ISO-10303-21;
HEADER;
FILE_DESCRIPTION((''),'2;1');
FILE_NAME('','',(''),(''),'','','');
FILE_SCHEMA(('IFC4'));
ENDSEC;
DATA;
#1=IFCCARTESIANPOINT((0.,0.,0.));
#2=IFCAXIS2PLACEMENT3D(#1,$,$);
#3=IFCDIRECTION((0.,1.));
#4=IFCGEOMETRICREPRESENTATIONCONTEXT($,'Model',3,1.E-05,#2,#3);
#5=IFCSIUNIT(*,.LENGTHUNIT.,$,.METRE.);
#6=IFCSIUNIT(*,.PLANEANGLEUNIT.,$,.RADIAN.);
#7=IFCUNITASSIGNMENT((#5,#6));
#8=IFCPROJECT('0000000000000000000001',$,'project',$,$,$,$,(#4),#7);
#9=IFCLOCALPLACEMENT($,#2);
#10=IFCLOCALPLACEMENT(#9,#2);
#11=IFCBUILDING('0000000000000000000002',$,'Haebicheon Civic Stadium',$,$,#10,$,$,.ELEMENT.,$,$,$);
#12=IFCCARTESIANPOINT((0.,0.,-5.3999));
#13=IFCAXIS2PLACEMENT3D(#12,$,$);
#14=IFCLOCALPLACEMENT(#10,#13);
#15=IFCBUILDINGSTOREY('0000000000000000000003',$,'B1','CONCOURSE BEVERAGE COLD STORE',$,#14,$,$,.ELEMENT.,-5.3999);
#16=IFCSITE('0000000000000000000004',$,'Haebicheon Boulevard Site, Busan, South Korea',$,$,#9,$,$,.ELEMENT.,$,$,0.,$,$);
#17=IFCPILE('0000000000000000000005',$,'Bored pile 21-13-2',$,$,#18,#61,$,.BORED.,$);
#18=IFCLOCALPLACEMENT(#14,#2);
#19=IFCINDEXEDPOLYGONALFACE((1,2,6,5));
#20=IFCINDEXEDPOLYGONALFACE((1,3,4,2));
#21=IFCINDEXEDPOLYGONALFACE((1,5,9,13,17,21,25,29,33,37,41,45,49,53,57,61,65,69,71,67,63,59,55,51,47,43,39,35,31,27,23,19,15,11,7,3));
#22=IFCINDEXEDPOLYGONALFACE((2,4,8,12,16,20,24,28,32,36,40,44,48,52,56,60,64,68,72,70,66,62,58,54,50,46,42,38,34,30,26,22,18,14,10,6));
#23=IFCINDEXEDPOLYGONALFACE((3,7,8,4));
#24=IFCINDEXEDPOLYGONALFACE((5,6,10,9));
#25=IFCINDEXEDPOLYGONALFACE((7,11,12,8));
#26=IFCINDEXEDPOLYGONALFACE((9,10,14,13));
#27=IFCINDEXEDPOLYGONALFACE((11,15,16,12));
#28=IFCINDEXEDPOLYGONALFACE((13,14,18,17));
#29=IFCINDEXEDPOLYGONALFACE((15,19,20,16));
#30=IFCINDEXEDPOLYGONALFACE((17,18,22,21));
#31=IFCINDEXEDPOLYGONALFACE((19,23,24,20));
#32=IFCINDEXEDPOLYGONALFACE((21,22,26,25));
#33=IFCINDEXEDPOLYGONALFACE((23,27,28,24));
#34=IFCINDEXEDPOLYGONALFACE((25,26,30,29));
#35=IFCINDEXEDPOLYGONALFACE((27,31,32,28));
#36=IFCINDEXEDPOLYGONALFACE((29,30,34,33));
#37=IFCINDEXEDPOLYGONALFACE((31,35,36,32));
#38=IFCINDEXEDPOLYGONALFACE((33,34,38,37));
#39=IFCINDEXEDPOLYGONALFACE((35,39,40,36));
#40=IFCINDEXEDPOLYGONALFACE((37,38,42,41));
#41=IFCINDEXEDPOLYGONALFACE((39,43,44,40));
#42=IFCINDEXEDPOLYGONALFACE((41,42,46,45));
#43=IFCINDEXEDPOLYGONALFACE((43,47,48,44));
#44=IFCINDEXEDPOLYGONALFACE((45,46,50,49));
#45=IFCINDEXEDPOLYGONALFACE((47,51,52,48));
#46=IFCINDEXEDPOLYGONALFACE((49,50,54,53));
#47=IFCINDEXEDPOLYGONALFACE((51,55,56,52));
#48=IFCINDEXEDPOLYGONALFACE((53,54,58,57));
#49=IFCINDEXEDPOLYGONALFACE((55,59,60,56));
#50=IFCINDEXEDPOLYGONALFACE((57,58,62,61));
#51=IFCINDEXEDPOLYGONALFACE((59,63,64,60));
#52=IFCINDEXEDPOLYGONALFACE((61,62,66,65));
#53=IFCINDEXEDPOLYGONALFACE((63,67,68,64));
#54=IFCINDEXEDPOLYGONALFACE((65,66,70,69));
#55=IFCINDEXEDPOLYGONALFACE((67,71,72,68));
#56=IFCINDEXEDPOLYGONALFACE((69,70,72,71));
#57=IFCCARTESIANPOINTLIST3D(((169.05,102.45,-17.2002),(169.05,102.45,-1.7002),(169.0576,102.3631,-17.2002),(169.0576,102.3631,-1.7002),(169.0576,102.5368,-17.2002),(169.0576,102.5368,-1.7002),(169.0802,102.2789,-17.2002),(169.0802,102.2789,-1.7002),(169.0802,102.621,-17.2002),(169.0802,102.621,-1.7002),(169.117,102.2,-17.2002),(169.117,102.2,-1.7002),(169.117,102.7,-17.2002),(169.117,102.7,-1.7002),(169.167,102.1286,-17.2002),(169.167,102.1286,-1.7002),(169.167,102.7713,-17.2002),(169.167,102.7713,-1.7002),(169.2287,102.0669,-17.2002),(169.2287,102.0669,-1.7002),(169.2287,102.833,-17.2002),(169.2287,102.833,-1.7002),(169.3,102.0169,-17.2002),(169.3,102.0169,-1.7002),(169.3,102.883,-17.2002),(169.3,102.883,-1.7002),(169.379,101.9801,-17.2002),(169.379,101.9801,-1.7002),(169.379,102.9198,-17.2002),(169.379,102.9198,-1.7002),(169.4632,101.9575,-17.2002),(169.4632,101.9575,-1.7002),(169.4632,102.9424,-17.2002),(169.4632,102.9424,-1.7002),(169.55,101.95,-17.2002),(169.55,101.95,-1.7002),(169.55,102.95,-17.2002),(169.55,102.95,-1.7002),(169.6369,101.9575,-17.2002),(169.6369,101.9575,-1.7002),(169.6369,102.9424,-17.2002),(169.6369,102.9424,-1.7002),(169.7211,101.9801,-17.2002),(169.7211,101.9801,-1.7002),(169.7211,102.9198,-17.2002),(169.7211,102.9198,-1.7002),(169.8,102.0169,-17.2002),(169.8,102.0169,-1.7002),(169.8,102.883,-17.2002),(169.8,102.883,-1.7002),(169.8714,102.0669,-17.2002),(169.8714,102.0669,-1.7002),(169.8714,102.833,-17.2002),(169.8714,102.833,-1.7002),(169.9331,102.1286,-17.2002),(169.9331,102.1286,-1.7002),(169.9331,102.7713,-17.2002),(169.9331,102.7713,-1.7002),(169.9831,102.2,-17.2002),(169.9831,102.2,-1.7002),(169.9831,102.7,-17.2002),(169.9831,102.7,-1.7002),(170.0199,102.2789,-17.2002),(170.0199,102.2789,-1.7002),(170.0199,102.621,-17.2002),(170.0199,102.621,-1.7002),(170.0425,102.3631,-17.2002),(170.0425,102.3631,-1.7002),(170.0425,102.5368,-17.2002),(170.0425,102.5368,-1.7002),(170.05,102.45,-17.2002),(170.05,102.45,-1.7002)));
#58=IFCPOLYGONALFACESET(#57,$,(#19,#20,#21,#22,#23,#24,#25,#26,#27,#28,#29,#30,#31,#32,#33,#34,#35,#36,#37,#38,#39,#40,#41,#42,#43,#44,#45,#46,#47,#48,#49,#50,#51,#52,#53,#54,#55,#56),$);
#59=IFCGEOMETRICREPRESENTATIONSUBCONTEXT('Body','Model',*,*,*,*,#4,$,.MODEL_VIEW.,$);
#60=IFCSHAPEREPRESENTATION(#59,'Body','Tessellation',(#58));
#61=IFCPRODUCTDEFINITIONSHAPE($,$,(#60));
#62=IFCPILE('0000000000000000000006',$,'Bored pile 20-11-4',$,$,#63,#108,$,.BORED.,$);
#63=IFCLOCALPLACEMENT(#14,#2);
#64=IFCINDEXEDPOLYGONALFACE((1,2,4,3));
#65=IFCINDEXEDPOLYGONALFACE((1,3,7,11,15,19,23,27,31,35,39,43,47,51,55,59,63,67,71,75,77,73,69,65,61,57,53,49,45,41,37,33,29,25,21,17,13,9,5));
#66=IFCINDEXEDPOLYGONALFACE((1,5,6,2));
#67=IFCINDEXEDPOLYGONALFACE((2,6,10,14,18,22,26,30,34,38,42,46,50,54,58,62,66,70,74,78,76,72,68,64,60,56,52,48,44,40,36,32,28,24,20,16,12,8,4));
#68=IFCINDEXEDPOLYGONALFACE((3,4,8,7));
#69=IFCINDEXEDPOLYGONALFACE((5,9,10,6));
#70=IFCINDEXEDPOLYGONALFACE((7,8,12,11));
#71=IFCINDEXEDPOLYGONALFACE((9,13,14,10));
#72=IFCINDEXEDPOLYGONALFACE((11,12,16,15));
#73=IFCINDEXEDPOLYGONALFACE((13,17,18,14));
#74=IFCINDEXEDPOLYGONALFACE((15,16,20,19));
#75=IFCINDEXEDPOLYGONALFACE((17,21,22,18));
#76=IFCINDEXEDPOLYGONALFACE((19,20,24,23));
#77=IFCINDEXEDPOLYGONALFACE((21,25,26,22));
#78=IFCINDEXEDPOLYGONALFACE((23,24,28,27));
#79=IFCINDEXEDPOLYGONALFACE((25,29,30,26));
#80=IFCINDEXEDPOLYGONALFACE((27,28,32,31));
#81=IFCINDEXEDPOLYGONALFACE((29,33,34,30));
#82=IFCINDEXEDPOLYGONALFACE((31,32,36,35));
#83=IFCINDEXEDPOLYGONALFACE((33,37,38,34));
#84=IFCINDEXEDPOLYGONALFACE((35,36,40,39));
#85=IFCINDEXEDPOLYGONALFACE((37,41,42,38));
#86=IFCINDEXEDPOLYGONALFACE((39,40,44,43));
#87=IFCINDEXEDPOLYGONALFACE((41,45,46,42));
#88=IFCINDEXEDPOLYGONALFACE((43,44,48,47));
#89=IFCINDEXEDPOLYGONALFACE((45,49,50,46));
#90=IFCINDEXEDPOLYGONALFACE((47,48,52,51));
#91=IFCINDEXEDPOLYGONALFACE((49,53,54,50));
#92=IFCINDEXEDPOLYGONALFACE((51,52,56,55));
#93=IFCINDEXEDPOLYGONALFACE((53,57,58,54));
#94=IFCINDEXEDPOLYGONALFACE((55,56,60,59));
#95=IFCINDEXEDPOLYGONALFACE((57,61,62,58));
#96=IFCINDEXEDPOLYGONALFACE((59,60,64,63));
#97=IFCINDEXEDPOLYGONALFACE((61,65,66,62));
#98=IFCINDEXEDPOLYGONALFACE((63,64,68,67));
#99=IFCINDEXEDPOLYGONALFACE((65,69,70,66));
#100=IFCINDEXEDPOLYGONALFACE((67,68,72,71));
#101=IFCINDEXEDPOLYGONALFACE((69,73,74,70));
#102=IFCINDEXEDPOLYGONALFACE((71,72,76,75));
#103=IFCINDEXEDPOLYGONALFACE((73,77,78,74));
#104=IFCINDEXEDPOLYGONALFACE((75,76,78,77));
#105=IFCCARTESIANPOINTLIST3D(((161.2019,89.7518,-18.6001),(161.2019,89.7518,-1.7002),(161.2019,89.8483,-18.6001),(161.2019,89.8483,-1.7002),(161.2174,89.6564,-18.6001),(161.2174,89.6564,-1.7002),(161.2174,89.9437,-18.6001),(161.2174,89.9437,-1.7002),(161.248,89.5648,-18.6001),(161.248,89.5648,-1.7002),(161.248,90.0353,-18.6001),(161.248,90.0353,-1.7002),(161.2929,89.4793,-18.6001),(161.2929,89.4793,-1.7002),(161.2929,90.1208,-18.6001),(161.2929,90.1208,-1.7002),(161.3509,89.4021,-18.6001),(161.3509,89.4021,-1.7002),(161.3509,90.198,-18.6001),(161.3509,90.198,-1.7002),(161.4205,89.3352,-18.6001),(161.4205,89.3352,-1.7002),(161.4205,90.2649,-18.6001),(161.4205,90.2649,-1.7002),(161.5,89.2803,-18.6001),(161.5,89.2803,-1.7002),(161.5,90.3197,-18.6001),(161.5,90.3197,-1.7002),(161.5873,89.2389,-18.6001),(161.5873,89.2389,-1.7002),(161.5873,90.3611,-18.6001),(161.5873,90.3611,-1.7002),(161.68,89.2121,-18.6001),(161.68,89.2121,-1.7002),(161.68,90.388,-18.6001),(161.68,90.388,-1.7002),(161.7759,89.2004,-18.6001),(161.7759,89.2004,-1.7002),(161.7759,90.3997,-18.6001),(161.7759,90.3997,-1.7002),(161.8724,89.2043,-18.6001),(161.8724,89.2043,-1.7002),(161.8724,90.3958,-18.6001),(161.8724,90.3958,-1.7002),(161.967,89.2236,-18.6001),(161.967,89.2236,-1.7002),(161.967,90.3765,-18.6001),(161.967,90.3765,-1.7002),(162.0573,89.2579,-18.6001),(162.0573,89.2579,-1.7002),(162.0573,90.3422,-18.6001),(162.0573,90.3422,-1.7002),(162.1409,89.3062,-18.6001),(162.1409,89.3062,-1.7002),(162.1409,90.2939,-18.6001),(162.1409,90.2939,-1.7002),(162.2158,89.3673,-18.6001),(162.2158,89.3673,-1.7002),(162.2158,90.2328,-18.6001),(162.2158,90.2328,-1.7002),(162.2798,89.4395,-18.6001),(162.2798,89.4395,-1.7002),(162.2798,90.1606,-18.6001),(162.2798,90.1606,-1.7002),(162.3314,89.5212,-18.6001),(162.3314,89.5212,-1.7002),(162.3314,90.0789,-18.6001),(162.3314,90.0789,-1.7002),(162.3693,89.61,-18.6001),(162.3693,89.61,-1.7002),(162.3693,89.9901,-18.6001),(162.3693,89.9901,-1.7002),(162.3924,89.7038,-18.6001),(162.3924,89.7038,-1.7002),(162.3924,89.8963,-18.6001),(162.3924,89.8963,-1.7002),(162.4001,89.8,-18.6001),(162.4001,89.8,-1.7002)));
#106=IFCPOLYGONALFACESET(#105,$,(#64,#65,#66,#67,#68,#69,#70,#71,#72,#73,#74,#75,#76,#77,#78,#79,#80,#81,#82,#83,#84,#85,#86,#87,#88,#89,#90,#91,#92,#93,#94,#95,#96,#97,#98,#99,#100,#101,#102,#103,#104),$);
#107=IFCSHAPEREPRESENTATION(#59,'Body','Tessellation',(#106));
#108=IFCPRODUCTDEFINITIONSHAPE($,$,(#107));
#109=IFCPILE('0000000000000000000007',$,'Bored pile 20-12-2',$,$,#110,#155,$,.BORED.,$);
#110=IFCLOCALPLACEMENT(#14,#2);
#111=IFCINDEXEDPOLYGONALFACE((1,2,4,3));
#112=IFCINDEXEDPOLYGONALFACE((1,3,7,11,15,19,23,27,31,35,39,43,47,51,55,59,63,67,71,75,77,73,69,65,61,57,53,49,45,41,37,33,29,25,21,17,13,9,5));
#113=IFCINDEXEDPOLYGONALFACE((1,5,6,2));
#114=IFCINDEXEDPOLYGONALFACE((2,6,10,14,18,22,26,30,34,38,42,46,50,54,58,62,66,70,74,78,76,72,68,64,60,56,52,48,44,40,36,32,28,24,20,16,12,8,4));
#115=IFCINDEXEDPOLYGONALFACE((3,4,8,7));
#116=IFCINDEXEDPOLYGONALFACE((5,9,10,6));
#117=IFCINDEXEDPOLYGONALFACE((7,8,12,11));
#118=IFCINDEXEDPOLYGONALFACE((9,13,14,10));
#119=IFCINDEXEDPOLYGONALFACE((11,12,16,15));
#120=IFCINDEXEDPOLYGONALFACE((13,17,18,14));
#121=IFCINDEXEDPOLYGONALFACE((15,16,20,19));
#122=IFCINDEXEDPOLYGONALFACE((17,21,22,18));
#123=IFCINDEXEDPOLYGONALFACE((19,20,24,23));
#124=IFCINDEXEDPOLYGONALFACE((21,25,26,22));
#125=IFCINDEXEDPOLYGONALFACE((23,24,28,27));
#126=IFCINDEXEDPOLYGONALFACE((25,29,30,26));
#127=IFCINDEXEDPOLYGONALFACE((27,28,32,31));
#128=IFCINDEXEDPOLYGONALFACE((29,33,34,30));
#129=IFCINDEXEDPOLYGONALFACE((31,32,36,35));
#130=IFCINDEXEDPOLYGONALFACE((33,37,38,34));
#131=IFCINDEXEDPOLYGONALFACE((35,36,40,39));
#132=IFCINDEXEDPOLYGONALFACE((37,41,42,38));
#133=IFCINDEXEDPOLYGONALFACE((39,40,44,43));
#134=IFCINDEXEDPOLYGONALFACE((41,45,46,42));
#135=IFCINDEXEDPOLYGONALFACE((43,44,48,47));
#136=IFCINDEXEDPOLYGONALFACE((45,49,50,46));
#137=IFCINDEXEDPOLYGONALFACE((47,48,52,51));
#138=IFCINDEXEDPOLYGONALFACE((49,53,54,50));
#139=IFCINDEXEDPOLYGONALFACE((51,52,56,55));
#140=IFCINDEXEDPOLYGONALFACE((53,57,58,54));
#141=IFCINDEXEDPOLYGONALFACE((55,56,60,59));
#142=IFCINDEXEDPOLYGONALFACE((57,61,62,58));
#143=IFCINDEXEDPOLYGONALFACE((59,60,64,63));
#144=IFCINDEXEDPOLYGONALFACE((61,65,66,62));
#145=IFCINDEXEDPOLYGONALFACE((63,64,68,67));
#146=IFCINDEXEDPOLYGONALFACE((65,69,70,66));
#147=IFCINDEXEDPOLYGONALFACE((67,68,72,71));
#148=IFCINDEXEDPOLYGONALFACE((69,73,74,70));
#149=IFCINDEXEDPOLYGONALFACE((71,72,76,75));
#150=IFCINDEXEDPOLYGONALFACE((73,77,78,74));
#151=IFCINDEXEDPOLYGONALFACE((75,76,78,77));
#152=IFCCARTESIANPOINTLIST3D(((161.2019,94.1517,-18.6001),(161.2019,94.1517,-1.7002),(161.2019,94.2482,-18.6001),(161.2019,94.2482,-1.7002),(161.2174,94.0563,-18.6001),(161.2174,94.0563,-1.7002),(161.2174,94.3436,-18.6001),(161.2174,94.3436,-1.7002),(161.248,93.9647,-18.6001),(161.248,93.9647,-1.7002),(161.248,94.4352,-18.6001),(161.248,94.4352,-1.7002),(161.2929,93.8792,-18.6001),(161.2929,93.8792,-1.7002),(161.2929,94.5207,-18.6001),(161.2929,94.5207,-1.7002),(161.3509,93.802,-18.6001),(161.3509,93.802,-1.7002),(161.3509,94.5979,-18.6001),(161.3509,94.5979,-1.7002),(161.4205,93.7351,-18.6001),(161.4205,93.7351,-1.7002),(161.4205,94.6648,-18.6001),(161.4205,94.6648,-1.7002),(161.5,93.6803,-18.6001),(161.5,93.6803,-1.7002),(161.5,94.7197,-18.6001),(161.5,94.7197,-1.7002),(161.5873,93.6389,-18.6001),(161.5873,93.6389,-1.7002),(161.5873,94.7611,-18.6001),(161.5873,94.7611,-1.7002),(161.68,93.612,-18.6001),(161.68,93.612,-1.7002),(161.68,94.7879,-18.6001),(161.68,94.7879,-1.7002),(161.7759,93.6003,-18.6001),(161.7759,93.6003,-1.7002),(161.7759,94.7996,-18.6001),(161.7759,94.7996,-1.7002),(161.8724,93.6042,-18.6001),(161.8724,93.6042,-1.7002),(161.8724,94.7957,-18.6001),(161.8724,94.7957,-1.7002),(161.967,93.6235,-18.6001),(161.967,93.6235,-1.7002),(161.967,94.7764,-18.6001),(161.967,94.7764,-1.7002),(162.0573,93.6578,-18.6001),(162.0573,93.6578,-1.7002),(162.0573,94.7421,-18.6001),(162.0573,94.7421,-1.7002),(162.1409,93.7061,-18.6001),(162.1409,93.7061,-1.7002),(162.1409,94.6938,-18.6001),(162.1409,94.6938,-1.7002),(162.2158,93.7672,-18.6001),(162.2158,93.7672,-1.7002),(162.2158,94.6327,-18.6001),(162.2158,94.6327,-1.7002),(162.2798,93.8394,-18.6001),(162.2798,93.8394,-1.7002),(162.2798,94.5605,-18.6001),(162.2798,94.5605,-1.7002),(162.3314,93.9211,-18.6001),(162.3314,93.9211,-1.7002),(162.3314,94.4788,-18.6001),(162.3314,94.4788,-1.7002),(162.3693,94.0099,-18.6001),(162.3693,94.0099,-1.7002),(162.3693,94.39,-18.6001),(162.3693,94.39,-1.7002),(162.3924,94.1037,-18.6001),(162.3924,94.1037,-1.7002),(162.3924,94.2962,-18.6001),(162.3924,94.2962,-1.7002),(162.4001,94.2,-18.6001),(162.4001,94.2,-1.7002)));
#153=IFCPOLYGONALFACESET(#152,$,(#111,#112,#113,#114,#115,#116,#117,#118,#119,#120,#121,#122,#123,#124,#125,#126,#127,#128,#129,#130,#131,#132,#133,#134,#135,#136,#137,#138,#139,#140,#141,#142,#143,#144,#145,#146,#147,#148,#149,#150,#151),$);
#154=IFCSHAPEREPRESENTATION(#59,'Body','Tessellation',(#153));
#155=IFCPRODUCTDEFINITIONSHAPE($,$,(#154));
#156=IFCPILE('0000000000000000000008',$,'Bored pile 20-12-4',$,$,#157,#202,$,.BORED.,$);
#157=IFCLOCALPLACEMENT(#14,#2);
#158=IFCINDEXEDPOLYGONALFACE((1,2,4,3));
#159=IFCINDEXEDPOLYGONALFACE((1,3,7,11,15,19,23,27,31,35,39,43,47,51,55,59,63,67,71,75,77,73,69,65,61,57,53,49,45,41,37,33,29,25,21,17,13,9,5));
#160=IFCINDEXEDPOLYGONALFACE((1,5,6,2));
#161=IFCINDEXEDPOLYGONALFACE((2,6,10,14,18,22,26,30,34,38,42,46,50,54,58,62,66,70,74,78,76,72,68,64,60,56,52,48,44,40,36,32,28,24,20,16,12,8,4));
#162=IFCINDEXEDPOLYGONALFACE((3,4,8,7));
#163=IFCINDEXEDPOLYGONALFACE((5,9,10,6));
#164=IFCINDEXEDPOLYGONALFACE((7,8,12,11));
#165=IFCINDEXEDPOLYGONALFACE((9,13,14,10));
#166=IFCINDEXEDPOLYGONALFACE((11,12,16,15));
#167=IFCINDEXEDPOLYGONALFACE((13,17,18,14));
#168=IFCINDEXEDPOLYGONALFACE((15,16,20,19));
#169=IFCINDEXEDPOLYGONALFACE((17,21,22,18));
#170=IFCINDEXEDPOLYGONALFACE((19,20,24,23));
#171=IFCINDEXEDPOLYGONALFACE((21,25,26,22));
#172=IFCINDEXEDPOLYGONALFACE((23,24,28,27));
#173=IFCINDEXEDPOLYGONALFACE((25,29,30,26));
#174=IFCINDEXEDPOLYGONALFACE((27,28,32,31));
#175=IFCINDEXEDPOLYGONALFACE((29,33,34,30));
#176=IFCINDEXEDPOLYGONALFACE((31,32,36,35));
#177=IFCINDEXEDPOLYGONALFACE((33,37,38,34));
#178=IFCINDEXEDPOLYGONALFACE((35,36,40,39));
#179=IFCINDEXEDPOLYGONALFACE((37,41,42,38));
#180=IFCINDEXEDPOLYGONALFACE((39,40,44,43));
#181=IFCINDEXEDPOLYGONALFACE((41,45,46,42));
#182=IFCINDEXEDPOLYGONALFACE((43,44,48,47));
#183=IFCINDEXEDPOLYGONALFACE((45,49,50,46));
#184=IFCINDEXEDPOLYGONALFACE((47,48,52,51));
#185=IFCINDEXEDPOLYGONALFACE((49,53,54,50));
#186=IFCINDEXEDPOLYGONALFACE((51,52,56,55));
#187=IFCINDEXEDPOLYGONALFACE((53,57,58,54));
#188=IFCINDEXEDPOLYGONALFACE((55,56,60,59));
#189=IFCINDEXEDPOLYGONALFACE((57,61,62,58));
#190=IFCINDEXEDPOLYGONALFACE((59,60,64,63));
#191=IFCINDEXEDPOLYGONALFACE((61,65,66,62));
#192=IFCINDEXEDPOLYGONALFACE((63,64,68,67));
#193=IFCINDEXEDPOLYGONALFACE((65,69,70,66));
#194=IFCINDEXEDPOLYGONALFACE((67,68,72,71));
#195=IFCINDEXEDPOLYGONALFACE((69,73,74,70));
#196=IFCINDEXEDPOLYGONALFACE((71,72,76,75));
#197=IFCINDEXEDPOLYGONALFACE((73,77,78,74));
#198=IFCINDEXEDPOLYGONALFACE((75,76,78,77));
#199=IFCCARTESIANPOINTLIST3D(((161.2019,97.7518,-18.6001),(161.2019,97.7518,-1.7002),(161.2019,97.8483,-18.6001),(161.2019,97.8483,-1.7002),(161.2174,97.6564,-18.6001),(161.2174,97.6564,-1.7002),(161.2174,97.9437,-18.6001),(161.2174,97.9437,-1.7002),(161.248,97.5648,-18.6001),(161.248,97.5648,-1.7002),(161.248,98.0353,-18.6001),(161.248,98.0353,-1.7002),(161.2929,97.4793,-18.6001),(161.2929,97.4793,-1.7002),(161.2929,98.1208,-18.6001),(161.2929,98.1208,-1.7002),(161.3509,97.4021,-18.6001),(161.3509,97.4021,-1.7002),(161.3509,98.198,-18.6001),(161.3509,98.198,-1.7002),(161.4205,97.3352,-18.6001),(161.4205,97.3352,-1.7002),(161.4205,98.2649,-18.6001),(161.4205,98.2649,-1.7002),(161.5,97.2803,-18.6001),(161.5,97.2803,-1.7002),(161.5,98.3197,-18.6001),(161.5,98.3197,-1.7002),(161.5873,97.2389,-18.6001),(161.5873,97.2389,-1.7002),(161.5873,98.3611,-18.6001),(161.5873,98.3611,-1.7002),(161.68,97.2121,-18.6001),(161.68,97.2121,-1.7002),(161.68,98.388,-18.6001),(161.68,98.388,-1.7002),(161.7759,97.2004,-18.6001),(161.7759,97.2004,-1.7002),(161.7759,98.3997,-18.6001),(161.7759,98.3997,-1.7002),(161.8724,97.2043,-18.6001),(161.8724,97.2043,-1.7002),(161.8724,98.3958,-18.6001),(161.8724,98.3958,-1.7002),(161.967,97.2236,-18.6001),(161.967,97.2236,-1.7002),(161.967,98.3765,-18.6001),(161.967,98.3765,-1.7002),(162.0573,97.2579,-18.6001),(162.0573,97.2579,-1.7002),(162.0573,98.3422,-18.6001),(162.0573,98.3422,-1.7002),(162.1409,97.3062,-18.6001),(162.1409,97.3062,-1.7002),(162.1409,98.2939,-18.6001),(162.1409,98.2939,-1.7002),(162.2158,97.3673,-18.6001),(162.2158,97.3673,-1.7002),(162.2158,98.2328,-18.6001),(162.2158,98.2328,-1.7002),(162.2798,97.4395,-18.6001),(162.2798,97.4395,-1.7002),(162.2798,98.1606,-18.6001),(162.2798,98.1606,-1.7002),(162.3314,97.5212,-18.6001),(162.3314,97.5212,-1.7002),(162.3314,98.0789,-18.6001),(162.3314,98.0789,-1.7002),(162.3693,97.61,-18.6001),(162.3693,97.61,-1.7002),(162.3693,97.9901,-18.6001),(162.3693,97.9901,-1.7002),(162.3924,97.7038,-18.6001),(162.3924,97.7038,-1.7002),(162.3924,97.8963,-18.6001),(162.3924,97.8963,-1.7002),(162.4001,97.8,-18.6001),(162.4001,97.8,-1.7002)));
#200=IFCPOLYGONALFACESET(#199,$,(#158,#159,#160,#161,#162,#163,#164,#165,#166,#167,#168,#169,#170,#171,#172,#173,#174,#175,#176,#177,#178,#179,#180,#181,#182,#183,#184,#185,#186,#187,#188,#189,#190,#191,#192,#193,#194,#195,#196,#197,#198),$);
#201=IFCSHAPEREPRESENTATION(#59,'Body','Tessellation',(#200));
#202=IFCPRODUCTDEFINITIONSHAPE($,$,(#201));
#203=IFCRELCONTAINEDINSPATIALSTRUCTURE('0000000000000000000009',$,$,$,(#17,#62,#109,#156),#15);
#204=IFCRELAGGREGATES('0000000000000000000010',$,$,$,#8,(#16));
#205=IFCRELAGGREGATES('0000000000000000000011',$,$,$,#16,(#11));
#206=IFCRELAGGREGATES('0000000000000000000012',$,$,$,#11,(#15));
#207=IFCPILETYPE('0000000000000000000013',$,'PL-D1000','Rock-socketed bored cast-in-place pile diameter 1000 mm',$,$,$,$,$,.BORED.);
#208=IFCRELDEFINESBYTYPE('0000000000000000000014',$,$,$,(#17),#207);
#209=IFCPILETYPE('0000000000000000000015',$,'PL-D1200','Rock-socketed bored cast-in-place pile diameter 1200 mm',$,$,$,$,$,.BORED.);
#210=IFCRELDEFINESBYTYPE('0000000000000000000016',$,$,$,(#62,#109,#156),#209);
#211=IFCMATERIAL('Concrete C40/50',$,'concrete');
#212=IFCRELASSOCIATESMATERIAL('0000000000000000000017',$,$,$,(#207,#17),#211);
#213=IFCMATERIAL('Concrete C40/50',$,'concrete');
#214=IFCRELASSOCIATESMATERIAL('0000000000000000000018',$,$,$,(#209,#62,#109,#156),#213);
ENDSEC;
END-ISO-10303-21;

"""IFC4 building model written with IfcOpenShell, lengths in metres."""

from ifc_helpers import new_model, si_unit, direction, frame, origin, origin_2d, place, context, subcontext, project, spatial, circle, extrude, material, material_profile, profile_set, type_object, element, save


model = new_model("IFC4")

# Units and contexts
model_context = context("Model", 3, precision=1e-05, world=origin(), true_north=direction((0.0, 1.0)))
body_context = subcontext(model_context, "Body", "Model", "MODEL_VIEW")
ifc_project = project(units=[si_unit("LENGTHUNIT", "METRE"), si_unit("PLANEANGLEUNIT", "RADIAN")], contexts=[model_context])

# Site, building, storey
site_placement = place(None, origin())
site = spatial("IfcSite", under=ifc_project, at=site_placement, Name="Haebicheon Boulevard Site, Busan, South Korea", CompositionType="ELEMENT", RefElevation=0.0)
building_placement = place(site_placement, origin())
building = spatial("IfcBuilding", under=site, at=building_placement, Name="Haebicheon Civic Stadium", CompositionType="ELEMENT")
storey_placement = place(building_placement, frame((0.0, 0.0, -5.3999)))
storey = spatial("IfcBuildingStorey", under=building, at=storey_placement, Name="B1", Description="CONCOURSE BEVERAGE COLD STORE", CompositionType="ELEMENT", Elevation=-5.3999)

# Piles
ifc_material_1 = material(Name="Concrete C40/50", Category="concrete")
ifc_material_profile_1 = material_profile(ifc_material_1, circle(Radius=0.5, at=origin_2d()), Name="PILE-D1000")
ifc_profile_set_1 = profile_set([ifc_material_profile_1], Name="Concrete C40/50")
pile_type_1 = type_object("IfcPileType", Name="PL-D1000", Description="Rock-socketed bored cast-in-place pile diameter 1000 mm", PredefinedType="BORED", material=ifc_profile_set_1)
for number, where, z_axis, x_axis, name in (
    (1, (169.55, 102.45, -1.7002), (0.0, 0.0, -1.0), (1.0, 0.0, 0.0), "Bored pile 21-13-2"),
):
    element("IfcPile", number, at=place(storey_placement, frame(where, z_axis=z_axis, x_axis=x_axis)), inside=storey, type_object=pile_type_1, material=ifc_profile_set_1, Name=name, PredefinedType="BORED", context=body_context, shape_type="SweptSolid", body=[
        extrude(circle(Radius=0.5, at=origin_2d()), origin(), (0.0, 0.0, 1.0), 15.5),
    ])
ifc_material_2 = material(Name="Concrete C40/50", Category="concrete")
ifc_material_profile_2 = material_profile(ifc_material_2, circle(Radius=0.6001, at=origin_2d()), Name="PILE-D1200")
ifc_profile_set_2 = profile_set([ifc_material_profile_2], Name="Concrete C40/50")
pile_type_2 = type_object("IfcPileType", Name="PL-D1200", Description="Rock-socketed bored cast-in-place pile diameter 1200 mm", PredefinedType="BORED", material=ifc_profile_set_2)
for number, where, z_axis, x_axis, name in (
    (2, (161.8, 89.8, -1.7002), (0.0, 0.0, -1.0), (1.0, 0.0, 0.0), "Bored pile 20-11-4"),
    (3, (161.8, 94.2, -1.7002), (0.0, 0.0, -1.0), (1.0, 0.0, 0.0), "Bored pile 20-12-2"),
    (4, (161.8, 97.8, -1.7002), (0.0, 0.0, -1.0), (1.0, 0.0, 0.0), "Bored pile 20-12-4"),
):
    element("IfcPile", number, at=place(storey_placement, frame(where, z_axis=z_axis, x_axis=x_axis)), inside=storey, type_object=pile_type_2, material=ifc_profile_set_2, Name=name, PredefinedType="BORED", context=body_context, shape_type="SweptSolid", body=[
        extrude(circle(Radius=0.6001, at=origin_2d()), origin(), (0.0, 0.0, 1.0), 16.8999),
    ])

save(model, "model.ifc")
